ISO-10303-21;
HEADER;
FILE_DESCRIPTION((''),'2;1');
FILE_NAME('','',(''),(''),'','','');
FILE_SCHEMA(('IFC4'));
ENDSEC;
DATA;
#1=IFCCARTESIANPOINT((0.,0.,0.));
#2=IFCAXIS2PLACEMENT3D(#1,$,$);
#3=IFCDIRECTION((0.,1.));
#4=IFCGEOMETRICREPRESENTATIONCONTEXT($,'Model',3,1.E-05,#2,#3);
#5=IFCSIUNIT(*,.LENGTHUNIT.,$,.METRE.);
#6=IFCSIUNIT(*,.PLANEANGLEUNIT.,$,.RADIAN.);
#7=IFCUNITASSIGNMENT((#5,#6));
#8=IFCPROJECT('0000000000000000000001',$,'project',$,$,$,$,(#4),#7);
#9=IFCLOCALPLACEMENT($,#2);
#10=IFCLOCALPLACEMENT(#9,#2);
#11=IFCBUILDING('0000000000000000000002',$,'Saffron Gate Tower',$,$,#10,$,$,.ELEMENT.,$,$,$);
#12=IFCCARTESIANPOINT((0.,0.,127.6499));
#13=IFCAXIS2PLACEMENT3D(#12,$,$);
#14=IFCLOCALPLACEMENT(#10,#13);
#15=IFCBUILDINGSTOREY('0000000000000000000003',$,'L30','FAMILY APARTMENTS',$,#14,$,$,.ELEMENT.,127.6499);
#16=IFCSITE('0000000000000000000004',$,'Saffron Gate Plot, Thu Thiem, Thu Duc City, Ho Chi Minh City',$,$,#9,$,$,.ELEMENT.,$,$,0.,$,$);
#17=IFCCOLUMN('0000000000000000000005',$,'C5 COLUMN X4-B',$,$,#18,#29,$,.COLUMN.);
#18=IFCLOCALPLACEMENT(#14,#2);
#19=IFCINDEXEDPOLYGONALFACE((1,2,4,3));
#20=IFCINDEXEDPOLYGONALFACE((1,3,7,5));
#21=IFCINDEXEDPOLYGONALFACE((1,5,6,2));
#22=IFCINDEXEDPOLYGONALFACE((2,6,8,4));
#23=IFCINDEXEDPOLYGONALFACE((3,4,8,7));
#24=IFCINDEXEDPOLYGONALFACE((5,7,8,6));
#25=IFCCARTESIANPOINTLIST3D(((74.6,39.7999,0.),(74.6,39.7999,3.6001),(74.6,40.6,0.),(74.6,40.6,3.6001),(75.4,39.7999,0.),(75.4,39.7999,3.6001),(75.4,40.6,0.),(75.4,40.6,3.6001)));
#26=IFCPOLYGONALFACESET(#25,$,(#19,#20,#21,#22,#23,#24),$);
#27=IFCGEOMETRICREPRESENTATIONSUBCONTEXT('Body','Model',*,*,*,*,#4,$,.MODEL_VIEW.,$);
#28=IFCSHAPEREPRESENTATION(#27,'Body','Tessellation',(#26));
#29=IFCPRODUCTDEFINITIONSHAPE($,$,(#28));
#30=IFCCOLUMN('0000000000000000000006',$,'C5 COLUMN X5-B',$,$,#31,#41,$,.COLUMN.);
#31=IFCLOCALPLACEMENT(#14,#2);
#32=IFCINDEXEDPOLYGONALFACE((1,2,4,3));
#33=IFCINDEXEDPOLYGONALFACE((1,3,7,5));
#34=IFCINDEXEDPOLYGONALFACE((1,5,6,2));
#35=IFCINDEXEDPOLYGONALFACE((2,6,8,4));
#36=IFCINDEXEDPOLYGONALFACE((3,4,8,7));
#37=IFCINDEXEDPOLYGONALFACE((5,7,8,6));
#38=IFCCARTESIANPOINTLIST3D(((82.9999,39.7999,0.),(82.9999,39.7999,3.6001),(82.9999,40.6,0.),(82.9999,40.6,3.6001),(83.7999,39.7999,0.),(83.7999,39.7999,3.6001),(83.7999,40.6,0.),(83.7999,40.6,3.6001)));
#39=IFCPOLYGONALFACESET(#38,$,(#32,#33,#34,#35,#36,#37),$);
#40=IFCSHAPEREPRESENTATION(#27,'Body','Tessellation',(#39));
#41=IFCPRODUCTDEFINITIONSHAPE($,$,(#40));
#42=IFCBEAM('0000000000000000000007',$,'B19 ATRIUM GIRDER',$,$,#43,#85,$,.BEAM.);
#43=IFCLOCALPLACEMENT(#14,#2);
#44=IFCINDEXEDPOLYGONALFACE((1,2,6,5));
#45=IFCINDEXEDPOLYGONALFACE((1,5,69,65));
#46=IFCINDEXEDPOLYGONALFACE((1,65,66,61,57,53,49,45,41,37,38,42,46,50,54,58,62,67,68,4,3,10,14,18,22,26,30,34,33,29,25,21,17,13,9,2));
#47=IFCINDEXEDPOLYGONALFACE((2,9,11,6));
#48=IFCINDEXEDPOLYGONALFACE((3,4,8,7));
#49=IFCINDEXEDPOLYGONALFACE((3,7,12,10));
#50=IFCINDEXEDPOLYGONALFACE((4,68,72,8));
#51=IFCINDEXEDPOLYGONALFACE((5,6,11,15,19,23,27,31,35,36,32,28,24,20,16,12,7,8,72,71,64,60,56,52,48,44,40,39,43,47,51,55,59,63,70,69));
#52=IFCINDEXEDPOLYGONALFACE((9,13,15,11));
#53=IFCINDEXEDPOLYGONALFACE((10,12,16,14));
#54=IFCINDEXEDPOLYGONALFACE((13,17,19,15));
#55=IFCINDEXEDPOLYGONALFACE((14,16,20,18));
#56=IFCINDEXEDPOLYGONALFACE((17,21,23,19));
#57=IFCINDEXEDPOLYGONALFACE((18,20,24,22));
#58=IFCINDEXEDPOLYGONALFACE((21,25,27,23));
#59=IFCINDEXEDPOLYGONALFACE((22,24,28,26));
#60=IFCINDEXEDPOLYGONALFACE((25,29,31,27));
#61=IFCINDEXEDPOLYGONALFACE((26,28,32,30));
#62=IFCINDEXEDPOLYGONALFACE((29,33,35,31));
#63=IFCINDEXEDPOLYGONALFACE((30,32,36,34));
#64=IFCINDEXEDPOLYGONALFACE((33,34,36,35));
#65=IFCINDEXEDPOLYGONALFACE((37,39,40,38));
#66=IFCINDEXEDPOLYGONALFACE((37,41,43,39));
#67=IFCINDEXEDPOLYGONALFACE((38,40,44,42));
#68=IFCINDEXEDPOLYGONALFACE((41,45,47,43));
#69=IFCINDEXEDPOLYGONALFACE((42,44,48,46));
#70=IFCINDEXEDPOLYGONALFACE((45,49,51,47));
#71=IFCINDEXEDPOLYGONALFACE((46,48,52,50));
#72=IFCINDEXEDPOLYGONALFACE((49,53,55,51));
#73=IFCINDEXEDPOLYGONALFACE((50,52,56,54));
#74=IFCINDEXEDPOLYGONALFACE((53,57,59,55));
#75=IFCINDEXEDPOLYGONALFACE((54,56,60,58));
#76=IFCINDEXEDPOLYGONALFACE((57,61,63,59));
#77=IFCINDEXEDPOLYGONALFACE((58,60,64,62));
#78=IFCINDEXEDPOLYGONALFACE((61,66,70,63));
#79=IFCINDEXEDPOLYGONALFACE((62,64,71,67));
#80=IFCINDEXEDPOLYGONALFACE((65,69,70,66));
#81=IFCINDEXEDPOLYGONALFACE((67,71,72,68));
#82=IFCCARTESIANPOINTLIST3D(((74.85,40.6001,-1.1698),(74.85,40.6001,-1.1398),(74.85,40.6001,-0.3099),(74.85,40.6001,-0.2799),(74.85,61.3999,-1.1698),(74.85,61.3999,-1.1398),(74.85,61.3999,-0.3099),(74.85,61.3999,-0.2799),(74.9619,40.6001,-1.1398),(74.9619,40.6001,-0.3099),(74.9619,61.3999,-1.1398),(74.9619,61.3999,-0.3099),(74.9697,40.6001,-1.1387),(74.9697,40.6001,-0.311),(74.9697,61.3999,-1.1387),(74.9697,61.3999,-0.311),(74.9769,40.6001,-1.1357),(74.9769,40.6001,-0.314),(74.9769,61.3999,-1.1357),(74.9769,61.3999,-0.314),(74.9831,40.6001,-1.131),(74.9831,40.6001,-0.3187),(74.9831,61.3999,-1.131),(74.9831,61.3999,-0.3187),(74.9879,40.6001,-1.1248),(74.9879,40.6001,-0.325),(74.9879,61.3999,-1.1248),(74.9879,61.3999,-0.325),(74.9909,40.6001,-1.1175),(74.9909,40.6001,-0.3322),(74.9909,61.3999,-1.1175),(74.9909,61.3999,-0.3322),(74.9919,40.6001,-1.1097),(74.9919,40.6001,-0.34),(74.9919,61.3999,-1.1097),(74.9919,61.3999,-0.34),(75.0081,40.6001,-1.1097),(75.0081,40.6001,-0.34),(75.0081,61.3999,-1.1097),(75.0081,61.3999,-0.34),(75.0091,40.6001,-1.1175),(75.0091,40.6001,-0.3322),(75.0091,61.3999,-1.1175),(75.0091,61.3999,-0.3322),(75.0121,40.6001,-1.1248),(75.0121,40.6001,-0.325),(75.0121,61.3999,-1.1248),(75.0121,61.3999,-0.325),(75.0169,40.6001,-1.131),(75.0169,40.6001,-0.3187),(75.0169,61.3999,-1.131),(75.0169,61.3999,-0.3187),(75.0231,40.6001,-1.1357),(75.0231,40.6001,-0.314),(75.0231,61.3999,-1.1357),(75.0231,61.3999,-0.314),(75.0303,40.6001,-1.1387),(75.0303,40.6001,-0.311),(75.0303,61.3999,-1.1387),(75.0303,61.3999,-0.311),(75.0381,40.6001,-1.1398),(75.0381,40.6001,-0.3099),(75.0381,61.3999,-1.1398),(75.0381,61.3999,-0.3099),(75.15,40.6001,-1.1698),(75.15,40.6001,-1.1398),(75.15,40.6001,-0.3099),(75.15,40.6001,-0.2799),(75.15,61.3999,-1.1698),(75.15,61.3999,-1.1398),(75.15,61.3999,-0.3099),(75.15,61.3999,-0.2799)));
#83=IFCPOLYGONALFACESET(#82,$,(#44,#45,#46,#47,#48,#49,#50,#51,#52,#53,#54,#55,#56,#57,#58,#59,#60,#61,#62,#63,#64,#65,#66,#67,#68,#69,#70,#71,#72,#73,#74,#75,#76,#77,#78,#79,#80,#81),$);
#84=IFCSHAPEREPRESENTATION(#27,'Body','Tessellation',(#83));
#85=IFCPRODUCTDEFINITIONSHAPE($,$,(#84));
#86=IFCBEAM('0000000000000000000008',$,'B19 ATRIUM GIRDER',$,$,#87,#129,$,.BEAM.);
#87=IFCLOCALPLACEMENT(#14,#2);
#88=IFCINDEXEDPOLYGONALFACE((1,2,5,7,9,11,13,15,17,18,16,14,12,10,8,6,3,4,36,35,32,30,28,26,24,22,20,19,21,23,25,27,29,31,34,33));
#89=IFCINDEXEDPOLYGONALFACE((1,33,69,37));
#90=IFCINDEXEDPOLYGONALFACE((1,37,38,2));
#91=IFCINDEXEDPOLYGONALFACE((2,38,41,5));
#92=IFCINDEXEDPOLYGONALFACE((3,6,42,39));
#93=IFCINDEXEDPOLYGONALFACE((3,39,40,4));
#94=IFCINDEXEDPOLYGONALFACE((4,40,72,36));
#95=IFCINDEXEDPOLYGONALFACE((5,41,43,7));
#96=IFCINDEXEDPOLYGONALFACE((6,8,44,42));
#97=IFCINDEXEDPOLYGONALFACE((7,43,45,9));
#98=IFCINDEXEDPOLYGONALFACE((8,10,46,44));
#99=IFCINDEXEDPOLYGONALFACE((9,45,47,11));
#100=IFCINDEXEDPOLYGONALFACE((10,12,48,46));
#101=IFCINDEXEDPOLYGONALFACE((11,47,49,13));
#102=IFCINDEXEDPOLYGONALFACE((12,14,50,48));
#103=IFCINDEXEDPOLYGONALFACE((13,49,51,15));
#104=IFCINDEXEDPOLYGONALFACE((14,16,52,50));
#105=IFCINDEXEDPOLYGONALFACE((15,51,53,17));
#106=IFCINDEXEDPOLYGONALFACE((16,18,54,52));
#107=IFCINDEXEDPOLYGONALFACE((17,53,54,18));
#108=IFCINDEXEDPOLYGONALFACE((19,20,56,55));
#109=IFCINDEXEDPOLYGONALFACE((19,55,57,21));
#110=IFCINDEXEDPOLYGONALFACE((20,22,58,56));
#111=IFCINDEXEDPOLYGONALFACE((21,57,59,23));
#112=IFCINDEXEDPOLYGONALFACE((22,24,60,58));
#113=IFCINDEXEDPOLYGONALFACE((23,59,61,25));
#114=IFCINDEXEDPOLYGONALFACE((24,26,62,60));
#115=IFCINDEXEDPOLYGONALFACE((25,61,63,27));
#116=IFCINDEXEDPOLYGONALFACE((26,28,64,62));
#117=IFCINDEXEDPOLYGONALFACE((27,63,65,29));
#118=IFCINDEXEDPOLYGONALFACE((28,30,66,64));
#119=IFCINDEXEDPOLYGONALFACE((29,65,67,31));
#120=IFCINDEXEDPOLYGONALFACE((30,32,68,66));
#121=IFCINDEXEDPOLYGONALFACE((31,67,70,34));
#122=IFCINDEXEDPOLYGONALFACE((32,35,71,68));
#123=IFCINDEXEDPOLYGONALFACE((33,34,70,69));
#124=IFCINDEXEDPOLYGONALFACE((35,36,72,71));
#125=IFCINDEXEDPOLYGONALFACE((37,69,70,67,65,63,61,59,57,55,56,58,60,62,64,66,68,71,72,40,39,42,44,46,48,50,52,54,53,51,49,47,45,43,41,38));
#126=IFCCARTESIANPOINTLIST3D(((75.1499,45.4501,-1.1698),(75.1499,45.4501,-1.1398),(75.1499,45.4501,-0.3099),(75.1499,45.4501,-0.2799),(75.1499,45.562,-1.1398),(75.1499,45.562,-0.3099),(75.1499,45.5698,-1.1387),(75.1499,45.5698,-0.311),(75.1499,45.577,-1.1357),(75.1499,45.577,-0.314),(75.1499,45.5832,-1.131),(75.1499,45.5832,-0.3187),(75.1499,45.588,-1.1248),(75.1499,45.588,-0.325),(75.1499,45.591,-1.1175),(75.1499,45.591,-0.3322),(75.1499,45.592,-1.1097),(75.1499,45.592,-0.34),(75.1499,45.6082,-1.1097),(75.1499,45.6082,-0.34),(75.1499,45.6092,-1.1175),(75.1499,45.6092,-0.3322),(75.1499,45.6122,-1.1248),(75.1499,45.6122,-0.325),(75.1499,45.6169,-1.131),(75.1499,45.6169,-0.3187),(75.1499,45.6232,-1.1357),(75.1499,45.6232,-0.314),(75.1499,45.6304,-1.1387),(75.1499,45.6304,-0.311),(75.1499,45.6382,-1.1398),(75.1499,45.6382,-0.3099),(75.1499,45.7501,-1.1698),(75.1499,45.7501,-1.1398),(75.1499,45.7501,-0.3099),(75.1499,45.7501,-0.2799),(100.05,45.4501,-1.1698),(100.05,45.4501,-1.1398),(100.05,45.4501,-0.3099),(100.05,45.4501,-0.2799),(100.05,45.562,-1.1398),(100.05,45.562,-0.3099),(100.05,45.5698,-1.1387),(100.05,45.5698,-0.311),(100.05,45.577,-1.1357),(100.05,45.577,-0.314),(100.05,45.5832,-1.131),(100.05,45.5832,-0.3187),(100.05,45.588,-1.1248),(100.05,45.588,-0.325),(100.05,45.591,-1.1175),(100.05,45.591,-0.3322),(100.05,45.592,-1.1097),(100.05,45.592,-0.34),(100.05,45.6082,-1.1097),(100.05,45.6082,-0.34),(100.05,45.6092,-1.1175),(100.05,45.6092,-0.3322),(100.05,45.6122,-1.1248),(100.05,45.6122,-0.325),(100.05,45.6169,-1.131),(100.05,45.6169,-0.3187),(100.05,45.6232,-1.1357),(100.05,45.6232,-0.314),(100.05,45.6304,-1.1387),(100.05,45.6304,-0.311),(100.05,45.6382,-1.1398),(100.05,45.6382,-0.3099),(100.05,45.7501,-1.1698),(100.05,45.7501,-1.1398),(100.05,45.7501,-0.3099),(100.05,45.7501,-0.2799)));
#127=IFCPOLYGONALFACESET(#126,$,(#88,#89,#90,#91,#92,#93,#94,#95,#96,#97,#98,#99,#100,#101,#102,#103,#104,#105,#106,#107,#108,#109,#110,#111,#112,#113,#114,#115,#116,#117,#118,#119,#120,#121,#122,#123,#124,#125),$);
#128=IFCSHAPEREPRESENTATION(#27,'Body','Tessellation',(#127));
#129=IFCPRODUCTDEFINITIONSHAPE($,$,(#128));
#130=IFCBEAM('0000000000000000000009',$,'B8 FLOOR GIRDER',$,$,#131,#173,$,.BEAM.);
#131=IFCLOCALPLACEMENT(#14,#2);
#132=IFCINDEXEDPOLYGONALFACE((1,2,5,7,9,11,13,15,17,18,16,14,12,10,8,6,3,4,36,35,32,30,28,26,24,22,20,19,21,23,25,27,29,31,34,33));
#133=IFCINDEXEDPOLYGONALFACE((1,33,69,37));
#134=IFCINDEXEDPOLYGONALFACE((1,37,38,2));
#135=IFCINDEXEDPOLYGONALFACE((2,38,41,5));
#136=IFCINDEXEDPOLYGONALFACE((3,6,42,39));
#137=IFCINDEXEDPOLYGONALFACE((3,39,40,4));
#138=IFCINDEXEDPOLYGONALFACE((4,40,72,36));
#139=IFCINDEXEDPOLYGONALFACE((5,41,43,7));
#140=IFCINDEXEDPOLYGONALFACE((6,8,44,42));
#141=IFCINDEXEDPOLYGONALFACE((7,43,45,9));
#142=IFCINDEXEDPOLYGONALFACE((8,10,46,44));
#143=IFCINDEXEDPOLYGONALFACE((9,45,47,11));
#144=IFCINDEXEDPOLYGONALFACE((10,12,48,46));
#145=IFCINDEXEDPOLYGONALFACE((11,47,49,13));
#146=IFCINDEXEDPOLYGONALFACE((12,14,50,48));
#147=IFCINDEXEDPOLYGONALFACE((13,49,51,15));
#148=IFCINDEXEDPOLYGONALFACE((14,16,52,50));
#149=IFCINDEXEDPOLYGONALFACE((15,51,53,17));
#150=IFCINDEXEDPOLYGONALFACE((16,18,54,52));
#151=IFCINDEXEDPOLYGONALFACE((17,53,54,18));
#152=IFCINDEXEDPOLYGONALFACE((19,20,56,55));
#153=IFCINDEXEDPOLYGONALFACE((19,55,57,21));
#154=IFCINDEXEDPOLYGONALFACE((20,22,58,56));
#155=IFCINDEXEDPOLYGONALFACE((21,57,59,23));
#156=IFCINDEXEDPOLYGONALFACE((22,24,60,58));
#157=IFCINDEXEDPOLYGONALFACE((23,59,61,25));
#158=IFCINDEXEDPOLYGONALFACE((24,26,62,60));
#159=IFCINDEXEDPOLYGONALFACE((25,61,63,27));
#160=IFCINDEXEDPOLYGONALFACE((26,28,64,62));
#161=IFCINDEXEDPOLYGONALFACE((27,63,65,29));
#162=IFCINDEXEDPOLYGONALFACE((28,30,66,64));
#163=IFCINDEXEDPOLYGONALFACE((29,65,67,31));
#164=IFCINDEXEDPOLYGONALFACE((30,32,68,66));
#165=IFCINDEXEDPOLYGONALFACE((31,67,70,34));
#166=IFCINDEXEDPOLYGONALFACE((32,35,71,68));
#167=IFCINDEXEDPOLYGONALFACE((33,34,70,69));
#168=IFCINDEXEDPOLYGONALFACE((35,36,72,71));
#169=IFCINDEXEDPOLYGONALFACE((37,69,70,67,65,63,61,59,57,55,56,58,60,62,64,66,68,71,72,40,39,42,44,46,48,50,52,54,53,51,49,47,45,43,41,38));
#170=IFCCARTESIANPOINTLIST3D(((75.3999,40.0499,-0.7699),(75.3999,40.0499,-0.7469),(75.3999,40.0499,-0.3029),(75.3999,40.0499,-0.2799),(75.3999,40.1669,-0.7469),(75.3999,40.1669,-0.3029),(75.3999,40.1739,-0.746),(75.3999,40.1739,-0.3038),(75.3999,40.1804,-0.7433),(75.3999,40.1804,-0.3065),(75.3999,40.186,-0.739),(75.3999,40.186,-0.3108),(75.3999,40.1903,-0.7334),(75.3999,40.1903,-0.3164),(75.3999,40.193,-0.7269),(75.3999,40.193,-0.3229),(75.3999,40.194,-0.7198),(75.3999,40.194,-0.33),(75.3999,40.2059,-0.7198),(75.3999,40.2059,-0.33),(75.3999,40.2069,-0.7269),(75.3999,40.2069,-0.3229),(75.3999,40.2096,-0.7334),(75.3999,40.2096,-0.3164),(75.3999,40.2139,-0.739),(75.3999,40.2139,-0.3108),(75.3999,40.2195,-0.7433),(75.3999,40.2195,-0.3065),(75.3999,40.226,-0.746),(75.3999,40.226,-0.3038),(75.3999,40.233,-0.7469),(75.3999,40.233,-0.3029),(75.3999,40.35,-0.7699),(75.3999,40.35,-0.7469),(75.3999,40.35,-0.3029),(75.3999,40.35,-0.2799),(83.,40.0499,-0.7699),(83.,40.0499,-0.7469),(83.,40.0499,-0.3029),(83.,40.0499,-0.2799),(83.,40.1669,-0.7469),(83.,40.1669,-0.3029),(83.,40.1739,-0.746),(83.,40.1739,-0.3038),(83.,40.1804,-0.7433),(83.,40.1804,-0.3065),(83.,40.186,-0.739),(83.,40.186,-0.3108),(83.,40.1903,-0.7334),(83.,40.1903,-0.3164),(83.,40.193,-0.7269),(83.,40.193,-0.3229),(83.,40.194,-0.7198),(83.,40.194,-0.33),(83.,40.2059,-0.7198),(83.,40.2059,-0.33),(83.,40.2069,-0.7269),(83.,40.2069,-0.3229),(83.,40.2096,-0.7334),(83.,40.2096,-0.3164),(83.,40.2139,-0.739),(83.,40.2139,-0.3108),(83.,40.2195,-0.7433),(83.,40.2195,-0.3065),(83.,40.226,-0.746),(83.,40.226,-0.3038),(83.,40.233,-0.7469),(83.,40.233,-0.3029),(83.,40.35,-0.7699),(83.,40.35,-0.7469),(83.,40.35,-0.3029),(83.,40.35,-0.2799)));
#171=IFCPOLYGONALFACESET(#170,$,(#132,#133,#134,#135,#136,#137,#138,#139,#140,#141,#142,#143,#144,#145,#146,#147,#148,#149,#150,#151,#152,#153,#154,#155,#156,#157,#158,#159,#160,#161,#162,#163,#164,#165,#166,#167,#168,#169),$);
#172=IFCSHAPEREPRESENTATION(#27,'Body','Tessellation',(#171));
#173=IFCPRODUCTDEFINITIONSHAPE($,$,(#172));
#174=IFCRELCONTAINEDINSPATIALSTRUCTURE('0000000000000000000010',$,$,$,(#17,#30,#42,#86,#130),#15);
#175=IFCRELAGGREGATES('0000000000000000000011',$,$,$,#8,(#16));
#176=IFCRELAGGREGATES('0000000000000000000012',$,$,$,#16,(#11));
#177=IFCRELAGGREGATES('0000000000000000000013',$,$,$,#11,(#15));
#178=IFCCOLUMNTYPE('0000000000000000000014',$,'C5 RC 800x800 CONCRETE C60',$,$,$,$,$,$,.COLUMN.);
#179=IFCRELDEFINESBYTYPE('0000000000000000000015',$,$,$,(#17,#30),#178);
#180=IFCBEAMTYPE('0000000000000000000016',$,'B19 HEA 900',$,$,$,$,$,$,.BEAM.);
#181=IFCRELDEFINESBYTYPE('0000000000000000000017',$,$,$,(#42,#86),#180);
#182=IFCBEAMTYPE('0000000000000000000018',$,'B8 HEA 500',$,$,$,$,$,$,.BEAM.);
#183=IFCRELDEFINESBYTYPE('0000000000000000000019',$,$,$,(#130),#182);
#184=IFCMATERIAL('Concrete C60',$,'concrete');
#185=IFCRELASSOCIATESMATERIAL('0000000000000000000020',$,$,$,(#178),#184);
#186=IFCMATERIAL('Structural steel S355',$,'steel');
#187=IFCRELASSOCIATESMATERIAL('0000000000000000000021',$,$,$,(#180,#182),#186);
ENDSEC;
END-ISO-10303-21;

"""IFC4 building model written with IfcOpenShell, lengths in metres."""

from ifc_helpers import new_model, si_unit, direction, frame, origin, origin_2d, place, context, subcontext, project, spatial, rectangle, i_section, extrude, material, material_profile, profile_set, type_object, element, save


model = new_model("IFC4")

# Units and contexts
model_context = context("Model", 3, precision=1e-05, world=origin(), true_north=direction((0.0, 1.0)))
body_context = subcontext(model_context, "Body", "Model", "MODEL_VIEW")
ifc_project = project(units=[si_unit("LENGTHUNIT", "METRE"), si_unit("PLANEANGLEUNIT", "RADIAN")], contexts=[model_context])

# Site, building, storey
site_placement = place(None, origin())
site = spatial("IfcSite", under=ifc_project, at=site_placement, Name="Saffron Gate Plot, Thu Thiem, Thu Duc City, Ho Chi Minh City", CompositionType="ELEMENT", RefElevation=0.0)
building_placement = place(site_placement, origin())
building = spatial("IfcBuilding", under=site, at=building_placement, Name="Saffron Gate Tower", CompositionType="ELEMENT")
storey_placement = place(building_placement, frame((0.0, 0.0, 127.6499)))
storey = spatial("IfcBuildingStorey", under=building, at=storey_placement, Name="L30", Description="FAMILY APARTMENTS", CompositionType="ELEMENT", Elevation=127.6499)

# Columns
ifc_material_1 = material(Name="Concrete C60", Category="concrete")
ifc_material_profile_1 = material_profile(ifc_material_1, rectangle(XDim=0.8, YDim=0.8, at=origin_2d()))
ifc_profile_set_1 = profile_set([ifc_material_profile_1], Name="Concrete C60")
column_type = type_object("IfcColumnType", Name="C5 RC 800x800 CONCRETE C60", PredefinedType="COLUMN", material=ifc_profile_set_1)
for number, where, z_axis, x_axis, name in (
    (1, (75.0, 40.2, 0.0), (0.0, 0.0, 1.0), (1.0, 0.0, 0.0), "C5 COLUMN X4-B"),
    (2, (83.3999, 40.2, 0.0), (0.0, 0.0, 1.0), (1.0, 0.0, 0.0), "C5 COLUMN X5-B"),
):
    element("IfcColumn", number, at=place(storey_placement, frame(where, z_axis=z_axis, x_axis=x_axis)), inside=storey, type_object=column_type, Name=name, PredefinedType="COLUMN", context=body_context, shape_type="SweptSolid", body=[
        extrude(rectangle(XDim=0.8, YDim=0.8, at=origin_2d()), origin(), (0.0, 0.0, 1.0), 3.6001),
    ])

# Beams
ifc_material_2 = material(Name="Structural steel S355", Category="steel")
ifc_material_profile_2 = material_profile(ifc_material_2, i_section(OverallWidth=0.3, OverallDepth=0.8899, WebThickness=0.0161, FlangeThickness=0.03, FilletRadius=0.03, at=origin_2d()))
ifc_profile_set_2 = profile_set([ifc_material_profile_2], Name="Structural steel S355")
beam_type_1 = type_object("IfcBeamType", Name="B19 HEA 900", PredefinedType="BEAM", material=ifc_profile_set_2)
beam_1_placement = place(storey_placement, frame((75.0, 40.6001, -0.7249), z_axis=(0.0, 1.0, 0.0), x_axis=(-1.0, 0.0, 0.0)))
element("IfcBeam", 3, at=beam_1_placement, inside=storey, type_object=beam_type_1, Name="B19 ATRIUM GIRDER", PredefinedType="BEAM", context=body_context, shape_type="SweptSolid", body=[
    extrude(i_section(OverallWidth=0.3, OverallDepth=0.8899, WebThickness=0.0161, FlangeThickness=0.03, FilletRadius=0.03, at=origin_2d()), origin(), (0.0, 0.0, 1.0), 20.7998),
])
beam_2_placement = place(storey_placement, frame((75.1499, 45.6001, -0.7249), z_axis=(1.0, 0.0, 0.0), x_axis=(0.0, 1.0, 0.0)))
element("IfcBeam", 4, at=beam_2_placement, inside=storey, type_object=beam_type_1, Name="B19 ATRIUM GIRDER", PredefinedType="BEAM", context=body_context, shape_type="SweptSolid", body=[
    extrude(i_section(OverallWidth=0.3, OverallDepth=0.8899, WebThickness=0.0161, FlangeThickness=0.03, FilletRadius=0.03, at=origin_2d()), origin(), (0.0, 0.0, 1.0), 24.9001),
])
ifc_material_profile_3 = material_profile(ifc_material_2, i_section(OverallWidth=0.3, OverallDepth=0.49, WebThickness=0.012, FlangeThickness=0.0229, FilletRadius=0.0271, at=origin_2d()))
ifc_profile_set_3 = profile_set([ifc_material_profile_3], Name="Structural steel S355")
beam_type_2 = type_object("IfcBeamType", Name="B8 HEA 500", PredefinedType="BEAM", material=ifc_profile_set_3)
beam_3_placement = place(storey_placement, frame((75.3999, 40.2, -0.5249), z_axis=(1.0, 0.0, 0.0), x_axis=(0.0, 1.0, 0.0)))
element("IfcBeam", 5, at=beam_3_placement, inside=storey, type_object=beam_type_2, Name="B8 FLOOR GIRDER", PredefinedType="BEAM", context=body_context, shape_type="SweptSolid", body=[
    extrude(i_section(OverallWidth=0.3, OverallDepth=0.49, WebThickness=0.012, FlangeThickness=0.0229, FilletRadius=0.0271, at=origin_2d()), origin(), (0.0, 0.0, 1.0), 7.6001),
])

save(model, "model.ifc")
